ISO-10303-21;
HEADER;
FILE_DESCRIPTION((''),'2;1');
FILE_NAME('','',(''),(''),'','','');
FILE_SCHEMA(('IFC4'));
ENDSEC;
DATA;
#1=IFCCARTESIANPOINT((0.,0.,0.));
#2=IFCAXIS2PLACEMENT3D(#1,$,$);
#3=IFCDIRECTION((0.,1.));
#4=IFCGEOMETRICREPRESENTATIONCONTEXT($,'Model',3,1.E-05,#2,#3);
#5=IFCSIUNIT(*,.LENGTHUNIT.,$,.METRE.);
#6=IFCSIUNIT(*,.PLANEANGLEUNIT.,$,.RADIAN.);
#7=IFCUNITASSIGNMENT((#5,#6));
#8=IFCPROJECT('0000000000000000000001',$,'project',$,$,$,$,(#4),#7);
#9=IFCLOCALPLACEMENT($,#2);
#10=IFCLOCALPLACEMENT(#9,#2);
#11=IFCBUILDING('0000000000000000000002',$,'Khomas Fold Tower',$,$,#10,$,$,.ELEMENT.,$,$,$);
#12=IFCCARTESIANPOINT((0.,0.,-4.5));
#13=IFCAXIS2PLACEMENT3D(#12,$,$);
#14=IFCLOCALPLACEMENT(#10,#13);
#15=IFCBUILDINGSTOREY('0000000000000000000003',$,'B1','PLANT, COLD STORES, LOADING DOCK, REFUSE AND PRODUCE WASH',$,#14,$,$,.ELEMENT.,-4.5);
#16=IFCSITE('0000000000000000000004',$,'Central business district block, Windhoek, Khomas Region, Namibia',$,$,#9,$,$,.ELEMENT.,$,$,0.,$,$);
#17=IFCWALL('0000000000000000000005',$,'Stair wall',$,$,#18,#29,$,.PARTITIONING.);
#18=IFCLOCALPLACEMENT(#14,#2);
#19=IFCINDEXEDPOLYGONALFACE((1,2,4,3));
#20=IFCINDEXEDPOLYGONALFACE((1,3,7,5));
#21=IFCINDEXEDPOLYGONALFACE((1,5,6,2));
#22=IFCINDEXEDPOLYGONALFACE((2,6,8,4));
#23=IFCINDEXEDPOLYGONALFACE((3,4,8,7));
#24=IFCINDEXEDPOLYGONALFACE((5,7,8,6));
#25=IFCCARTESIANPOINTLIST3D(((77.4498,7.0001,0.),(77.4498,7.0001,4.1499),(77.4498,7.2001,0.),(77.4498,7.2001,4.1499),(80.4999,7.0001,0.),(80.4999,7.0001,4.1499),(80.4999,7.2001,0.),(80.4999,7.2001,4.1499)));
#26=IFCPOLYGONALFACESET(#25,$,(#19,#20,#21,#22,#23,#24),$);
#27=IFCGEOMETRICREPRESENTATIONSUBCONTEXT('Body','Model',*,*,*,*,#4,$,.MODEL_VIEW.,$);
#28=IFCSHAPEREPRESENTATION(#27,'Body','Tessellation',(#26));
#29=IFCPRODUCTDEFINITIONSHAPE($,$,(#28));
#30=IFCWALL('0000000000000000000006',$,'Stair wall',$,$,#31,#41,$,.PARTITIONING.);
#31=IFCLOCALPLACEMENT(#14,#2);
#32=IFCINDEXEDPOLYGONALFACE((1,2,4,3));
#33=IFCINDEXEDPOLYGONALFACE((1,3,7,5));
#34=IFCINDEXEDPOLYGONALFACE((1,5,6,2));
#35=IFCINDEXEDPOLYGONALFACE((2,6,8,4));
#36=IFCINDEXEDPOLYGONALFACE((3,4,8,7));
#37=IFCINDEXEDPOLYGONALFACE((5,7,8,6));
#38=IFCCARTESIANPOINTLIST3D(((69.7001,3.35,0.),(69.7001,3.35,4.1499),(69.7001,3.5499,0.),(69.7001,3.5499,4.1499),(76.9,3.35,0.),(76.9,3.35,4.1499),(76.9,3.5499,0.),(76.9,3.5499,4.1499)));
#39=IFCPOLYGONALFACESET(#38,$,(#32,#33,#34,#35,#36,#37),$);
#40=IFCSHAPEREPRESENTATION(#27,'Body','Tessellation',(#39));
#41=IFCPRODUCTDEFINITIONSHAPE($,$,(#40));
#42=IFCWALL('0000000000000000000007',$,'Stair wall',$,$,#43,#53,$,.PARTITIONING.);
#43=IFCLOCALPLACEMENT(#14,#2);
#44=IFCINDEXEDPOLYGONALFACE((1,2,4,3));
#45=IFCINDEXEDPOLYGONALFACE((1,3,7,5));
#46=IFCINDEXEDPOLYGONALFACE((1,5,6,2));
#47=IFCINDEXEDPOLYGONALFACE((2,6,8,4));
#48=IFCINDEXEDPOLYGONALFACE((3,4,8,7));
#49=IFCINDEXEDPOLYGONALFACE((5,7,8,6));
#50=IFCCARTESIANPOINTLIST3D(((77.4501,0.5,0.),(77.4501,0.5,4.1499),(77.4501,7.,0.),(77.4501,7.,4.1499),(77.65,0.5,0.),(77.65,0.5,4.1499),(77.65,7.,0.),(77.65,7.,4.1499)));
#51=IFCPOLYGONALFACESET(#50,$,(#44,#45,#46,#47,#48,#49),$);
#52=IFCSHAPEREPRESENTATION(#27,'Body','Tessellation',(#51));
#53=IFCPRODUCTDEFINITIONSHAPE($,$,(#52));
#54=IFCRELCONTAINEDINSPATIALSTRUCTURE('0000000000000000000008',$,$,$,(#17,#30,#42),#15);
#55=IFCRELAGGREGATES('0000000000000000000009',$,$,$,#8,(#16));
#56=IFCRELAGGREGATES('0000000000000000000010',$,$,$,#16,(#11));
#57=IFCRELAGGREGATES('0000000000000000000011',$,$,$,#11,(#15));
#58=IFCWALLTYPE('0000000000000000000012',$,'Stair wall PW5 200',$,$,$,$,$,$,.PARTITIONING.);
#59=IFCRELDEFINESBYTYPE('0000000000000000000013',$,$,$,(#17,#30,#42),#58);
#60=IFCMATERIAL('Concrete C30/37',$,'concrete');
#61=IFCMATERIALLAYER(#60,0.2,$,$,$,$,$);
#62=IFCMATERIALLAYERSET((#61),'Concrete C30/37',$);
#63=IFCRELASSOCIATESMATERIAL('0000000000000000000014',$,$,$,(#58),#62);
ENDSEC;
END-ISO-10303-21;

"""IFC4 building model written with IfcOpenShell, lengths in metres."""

from ifc_helpers import new_model, si_unit, direction, frame, frame_2d, origin, place, context, subcontext, project, spatial, rectangle, extrude, source, transform, mapped, material, layer, layer_set, type_object, element, save


model = new_model("IFC4")

# Units and contexts
model_context = context("Model", 3, precision=1e-05, world=origin(), true_north=direction((0.0, 1.0)))
body_context = subcontext(model_context, "Body", "Model", "MODEL_VIEW")
ifc_project = project(units=[si_unit("LENGTHUNIT", "METRE"), si_unit("PLANEANGLEUNIT", "RADIAN")], contexts=[model_context])

# Site, building, storey
site_placement = place(None, origin())
site = spatial("IfcSite", under=ifc_project, at=site_placement, Name="Central business district block, Windhoek, Khomas Region, Namibia", CompositionType="ELEMENT", RefElevation=0.0)
building_placement = place(site_placement, origin())
building = spatial("IfcBuilding", under=site, at=building_placement, Name="Khomas Fold Tower", CompositionType="ELEMENT")
storey_placement = place(building_placement, frame((0.0, 0.0, -4.5)))
storey = spatial("IfcBuildingStorey", under=building, at=storey_placement, Name="B1", Description="PLANT, COLD STORES, LOADING DOCK, REFUSE AND PRODUCE WASH", CompositionType="ELEMENT", Elevation=-4.5)

# Walls
ifc_material_1 = material(Name="Concrete C30/37", Category="concrete")
ifc_layer_1 = layer(ifc_material_1, 0.2)
ifc_layer_set_1 = layer_set([ifc_layer_1], Name="Concrete C30/37")
wall_type_1 = type_object("IfcWallType", Name="Stair wall PW5 200", PredefinedType="PARTITIONING", material=ifc_layer_set_1)
shared_shape_1 = source(origin(), body_context, "Body", "SweptSolid", [
    extrude(rectangle(XDim=3.05, YDim=0.2, at=frame_2d((1.5249, 0.0))), origin(), (0.0, 0.0, 1.0), 4.1499),
])
wall_1_placement = place(storey_placement, frame((77.45, 7.1001, 0.0), z_axis=(0.0, 0.0, 1.0), x_axis=(1.0, 0.0, 0.0)))
element("IfcWall", 1, at=wall_1_placement, inside=storey, type_object=wall_type_1, Name="Stair wall", PredefinedType="PARTITIONING", context=body_context, shape_type="MappedRepresentation", body=[
    mapped(shared_shape_1, transform((0.0, 0.0, 0.0))),
])
shared_shape_2 = source(origin(), body_context, "Body", "SweptSolid", [
    extrude(rectangle(XDim=7.2, YDim=0.2, at=frame_2d((3.6001, 0.0))), origin(), (0.0, 0.0, 1.0), 4.1499),
])
wall_2_placement = place(storey_placement, frame((69.7, 3.45, 0.0), z_axis=(0.0, 0.0, 1.0), x_axis=(1.0, 0.0, 0.0)))
element("IfcWall", 2, at=wall_2_placement, inside=storey, type_object=wall_type_1, Name="Stair wall", PredefinedType="PARTITIONING", context=body_context, shape_type="MappedRepresentation", body=[
    mapped(shared_shape_2, transform((0.0, 0.0, 0.0))),
])
shared_shape_3 = source(origin(), body_context, "Body", "SweptSolid", [
    extrude(rectangle(XDim=6.5, YDim=0.2, at=frame_2d((3.25, 0.0))), origin(), (0.0, 0.0, 1.0), 4.1499),
])
wall_3_placement = place(storey_placement, frame((77.55, 0.5, 0.0), z_axis=(0.0, 0.0, 1.0), x_axis=(0.0, 1.0, 0.0)))
element("IfcWall", 3, at=wall_3_placement, inside=storey, type_object=wall_type_1, Name="Stair wall", PredefinedType="PARTITIONING", context=body_context, shape_type="MappedRepresentation", body=[
    mapped(shared_shape_3, transform((0.0, 0.0, 0.0))),
])

save(model, "model.ifc")
